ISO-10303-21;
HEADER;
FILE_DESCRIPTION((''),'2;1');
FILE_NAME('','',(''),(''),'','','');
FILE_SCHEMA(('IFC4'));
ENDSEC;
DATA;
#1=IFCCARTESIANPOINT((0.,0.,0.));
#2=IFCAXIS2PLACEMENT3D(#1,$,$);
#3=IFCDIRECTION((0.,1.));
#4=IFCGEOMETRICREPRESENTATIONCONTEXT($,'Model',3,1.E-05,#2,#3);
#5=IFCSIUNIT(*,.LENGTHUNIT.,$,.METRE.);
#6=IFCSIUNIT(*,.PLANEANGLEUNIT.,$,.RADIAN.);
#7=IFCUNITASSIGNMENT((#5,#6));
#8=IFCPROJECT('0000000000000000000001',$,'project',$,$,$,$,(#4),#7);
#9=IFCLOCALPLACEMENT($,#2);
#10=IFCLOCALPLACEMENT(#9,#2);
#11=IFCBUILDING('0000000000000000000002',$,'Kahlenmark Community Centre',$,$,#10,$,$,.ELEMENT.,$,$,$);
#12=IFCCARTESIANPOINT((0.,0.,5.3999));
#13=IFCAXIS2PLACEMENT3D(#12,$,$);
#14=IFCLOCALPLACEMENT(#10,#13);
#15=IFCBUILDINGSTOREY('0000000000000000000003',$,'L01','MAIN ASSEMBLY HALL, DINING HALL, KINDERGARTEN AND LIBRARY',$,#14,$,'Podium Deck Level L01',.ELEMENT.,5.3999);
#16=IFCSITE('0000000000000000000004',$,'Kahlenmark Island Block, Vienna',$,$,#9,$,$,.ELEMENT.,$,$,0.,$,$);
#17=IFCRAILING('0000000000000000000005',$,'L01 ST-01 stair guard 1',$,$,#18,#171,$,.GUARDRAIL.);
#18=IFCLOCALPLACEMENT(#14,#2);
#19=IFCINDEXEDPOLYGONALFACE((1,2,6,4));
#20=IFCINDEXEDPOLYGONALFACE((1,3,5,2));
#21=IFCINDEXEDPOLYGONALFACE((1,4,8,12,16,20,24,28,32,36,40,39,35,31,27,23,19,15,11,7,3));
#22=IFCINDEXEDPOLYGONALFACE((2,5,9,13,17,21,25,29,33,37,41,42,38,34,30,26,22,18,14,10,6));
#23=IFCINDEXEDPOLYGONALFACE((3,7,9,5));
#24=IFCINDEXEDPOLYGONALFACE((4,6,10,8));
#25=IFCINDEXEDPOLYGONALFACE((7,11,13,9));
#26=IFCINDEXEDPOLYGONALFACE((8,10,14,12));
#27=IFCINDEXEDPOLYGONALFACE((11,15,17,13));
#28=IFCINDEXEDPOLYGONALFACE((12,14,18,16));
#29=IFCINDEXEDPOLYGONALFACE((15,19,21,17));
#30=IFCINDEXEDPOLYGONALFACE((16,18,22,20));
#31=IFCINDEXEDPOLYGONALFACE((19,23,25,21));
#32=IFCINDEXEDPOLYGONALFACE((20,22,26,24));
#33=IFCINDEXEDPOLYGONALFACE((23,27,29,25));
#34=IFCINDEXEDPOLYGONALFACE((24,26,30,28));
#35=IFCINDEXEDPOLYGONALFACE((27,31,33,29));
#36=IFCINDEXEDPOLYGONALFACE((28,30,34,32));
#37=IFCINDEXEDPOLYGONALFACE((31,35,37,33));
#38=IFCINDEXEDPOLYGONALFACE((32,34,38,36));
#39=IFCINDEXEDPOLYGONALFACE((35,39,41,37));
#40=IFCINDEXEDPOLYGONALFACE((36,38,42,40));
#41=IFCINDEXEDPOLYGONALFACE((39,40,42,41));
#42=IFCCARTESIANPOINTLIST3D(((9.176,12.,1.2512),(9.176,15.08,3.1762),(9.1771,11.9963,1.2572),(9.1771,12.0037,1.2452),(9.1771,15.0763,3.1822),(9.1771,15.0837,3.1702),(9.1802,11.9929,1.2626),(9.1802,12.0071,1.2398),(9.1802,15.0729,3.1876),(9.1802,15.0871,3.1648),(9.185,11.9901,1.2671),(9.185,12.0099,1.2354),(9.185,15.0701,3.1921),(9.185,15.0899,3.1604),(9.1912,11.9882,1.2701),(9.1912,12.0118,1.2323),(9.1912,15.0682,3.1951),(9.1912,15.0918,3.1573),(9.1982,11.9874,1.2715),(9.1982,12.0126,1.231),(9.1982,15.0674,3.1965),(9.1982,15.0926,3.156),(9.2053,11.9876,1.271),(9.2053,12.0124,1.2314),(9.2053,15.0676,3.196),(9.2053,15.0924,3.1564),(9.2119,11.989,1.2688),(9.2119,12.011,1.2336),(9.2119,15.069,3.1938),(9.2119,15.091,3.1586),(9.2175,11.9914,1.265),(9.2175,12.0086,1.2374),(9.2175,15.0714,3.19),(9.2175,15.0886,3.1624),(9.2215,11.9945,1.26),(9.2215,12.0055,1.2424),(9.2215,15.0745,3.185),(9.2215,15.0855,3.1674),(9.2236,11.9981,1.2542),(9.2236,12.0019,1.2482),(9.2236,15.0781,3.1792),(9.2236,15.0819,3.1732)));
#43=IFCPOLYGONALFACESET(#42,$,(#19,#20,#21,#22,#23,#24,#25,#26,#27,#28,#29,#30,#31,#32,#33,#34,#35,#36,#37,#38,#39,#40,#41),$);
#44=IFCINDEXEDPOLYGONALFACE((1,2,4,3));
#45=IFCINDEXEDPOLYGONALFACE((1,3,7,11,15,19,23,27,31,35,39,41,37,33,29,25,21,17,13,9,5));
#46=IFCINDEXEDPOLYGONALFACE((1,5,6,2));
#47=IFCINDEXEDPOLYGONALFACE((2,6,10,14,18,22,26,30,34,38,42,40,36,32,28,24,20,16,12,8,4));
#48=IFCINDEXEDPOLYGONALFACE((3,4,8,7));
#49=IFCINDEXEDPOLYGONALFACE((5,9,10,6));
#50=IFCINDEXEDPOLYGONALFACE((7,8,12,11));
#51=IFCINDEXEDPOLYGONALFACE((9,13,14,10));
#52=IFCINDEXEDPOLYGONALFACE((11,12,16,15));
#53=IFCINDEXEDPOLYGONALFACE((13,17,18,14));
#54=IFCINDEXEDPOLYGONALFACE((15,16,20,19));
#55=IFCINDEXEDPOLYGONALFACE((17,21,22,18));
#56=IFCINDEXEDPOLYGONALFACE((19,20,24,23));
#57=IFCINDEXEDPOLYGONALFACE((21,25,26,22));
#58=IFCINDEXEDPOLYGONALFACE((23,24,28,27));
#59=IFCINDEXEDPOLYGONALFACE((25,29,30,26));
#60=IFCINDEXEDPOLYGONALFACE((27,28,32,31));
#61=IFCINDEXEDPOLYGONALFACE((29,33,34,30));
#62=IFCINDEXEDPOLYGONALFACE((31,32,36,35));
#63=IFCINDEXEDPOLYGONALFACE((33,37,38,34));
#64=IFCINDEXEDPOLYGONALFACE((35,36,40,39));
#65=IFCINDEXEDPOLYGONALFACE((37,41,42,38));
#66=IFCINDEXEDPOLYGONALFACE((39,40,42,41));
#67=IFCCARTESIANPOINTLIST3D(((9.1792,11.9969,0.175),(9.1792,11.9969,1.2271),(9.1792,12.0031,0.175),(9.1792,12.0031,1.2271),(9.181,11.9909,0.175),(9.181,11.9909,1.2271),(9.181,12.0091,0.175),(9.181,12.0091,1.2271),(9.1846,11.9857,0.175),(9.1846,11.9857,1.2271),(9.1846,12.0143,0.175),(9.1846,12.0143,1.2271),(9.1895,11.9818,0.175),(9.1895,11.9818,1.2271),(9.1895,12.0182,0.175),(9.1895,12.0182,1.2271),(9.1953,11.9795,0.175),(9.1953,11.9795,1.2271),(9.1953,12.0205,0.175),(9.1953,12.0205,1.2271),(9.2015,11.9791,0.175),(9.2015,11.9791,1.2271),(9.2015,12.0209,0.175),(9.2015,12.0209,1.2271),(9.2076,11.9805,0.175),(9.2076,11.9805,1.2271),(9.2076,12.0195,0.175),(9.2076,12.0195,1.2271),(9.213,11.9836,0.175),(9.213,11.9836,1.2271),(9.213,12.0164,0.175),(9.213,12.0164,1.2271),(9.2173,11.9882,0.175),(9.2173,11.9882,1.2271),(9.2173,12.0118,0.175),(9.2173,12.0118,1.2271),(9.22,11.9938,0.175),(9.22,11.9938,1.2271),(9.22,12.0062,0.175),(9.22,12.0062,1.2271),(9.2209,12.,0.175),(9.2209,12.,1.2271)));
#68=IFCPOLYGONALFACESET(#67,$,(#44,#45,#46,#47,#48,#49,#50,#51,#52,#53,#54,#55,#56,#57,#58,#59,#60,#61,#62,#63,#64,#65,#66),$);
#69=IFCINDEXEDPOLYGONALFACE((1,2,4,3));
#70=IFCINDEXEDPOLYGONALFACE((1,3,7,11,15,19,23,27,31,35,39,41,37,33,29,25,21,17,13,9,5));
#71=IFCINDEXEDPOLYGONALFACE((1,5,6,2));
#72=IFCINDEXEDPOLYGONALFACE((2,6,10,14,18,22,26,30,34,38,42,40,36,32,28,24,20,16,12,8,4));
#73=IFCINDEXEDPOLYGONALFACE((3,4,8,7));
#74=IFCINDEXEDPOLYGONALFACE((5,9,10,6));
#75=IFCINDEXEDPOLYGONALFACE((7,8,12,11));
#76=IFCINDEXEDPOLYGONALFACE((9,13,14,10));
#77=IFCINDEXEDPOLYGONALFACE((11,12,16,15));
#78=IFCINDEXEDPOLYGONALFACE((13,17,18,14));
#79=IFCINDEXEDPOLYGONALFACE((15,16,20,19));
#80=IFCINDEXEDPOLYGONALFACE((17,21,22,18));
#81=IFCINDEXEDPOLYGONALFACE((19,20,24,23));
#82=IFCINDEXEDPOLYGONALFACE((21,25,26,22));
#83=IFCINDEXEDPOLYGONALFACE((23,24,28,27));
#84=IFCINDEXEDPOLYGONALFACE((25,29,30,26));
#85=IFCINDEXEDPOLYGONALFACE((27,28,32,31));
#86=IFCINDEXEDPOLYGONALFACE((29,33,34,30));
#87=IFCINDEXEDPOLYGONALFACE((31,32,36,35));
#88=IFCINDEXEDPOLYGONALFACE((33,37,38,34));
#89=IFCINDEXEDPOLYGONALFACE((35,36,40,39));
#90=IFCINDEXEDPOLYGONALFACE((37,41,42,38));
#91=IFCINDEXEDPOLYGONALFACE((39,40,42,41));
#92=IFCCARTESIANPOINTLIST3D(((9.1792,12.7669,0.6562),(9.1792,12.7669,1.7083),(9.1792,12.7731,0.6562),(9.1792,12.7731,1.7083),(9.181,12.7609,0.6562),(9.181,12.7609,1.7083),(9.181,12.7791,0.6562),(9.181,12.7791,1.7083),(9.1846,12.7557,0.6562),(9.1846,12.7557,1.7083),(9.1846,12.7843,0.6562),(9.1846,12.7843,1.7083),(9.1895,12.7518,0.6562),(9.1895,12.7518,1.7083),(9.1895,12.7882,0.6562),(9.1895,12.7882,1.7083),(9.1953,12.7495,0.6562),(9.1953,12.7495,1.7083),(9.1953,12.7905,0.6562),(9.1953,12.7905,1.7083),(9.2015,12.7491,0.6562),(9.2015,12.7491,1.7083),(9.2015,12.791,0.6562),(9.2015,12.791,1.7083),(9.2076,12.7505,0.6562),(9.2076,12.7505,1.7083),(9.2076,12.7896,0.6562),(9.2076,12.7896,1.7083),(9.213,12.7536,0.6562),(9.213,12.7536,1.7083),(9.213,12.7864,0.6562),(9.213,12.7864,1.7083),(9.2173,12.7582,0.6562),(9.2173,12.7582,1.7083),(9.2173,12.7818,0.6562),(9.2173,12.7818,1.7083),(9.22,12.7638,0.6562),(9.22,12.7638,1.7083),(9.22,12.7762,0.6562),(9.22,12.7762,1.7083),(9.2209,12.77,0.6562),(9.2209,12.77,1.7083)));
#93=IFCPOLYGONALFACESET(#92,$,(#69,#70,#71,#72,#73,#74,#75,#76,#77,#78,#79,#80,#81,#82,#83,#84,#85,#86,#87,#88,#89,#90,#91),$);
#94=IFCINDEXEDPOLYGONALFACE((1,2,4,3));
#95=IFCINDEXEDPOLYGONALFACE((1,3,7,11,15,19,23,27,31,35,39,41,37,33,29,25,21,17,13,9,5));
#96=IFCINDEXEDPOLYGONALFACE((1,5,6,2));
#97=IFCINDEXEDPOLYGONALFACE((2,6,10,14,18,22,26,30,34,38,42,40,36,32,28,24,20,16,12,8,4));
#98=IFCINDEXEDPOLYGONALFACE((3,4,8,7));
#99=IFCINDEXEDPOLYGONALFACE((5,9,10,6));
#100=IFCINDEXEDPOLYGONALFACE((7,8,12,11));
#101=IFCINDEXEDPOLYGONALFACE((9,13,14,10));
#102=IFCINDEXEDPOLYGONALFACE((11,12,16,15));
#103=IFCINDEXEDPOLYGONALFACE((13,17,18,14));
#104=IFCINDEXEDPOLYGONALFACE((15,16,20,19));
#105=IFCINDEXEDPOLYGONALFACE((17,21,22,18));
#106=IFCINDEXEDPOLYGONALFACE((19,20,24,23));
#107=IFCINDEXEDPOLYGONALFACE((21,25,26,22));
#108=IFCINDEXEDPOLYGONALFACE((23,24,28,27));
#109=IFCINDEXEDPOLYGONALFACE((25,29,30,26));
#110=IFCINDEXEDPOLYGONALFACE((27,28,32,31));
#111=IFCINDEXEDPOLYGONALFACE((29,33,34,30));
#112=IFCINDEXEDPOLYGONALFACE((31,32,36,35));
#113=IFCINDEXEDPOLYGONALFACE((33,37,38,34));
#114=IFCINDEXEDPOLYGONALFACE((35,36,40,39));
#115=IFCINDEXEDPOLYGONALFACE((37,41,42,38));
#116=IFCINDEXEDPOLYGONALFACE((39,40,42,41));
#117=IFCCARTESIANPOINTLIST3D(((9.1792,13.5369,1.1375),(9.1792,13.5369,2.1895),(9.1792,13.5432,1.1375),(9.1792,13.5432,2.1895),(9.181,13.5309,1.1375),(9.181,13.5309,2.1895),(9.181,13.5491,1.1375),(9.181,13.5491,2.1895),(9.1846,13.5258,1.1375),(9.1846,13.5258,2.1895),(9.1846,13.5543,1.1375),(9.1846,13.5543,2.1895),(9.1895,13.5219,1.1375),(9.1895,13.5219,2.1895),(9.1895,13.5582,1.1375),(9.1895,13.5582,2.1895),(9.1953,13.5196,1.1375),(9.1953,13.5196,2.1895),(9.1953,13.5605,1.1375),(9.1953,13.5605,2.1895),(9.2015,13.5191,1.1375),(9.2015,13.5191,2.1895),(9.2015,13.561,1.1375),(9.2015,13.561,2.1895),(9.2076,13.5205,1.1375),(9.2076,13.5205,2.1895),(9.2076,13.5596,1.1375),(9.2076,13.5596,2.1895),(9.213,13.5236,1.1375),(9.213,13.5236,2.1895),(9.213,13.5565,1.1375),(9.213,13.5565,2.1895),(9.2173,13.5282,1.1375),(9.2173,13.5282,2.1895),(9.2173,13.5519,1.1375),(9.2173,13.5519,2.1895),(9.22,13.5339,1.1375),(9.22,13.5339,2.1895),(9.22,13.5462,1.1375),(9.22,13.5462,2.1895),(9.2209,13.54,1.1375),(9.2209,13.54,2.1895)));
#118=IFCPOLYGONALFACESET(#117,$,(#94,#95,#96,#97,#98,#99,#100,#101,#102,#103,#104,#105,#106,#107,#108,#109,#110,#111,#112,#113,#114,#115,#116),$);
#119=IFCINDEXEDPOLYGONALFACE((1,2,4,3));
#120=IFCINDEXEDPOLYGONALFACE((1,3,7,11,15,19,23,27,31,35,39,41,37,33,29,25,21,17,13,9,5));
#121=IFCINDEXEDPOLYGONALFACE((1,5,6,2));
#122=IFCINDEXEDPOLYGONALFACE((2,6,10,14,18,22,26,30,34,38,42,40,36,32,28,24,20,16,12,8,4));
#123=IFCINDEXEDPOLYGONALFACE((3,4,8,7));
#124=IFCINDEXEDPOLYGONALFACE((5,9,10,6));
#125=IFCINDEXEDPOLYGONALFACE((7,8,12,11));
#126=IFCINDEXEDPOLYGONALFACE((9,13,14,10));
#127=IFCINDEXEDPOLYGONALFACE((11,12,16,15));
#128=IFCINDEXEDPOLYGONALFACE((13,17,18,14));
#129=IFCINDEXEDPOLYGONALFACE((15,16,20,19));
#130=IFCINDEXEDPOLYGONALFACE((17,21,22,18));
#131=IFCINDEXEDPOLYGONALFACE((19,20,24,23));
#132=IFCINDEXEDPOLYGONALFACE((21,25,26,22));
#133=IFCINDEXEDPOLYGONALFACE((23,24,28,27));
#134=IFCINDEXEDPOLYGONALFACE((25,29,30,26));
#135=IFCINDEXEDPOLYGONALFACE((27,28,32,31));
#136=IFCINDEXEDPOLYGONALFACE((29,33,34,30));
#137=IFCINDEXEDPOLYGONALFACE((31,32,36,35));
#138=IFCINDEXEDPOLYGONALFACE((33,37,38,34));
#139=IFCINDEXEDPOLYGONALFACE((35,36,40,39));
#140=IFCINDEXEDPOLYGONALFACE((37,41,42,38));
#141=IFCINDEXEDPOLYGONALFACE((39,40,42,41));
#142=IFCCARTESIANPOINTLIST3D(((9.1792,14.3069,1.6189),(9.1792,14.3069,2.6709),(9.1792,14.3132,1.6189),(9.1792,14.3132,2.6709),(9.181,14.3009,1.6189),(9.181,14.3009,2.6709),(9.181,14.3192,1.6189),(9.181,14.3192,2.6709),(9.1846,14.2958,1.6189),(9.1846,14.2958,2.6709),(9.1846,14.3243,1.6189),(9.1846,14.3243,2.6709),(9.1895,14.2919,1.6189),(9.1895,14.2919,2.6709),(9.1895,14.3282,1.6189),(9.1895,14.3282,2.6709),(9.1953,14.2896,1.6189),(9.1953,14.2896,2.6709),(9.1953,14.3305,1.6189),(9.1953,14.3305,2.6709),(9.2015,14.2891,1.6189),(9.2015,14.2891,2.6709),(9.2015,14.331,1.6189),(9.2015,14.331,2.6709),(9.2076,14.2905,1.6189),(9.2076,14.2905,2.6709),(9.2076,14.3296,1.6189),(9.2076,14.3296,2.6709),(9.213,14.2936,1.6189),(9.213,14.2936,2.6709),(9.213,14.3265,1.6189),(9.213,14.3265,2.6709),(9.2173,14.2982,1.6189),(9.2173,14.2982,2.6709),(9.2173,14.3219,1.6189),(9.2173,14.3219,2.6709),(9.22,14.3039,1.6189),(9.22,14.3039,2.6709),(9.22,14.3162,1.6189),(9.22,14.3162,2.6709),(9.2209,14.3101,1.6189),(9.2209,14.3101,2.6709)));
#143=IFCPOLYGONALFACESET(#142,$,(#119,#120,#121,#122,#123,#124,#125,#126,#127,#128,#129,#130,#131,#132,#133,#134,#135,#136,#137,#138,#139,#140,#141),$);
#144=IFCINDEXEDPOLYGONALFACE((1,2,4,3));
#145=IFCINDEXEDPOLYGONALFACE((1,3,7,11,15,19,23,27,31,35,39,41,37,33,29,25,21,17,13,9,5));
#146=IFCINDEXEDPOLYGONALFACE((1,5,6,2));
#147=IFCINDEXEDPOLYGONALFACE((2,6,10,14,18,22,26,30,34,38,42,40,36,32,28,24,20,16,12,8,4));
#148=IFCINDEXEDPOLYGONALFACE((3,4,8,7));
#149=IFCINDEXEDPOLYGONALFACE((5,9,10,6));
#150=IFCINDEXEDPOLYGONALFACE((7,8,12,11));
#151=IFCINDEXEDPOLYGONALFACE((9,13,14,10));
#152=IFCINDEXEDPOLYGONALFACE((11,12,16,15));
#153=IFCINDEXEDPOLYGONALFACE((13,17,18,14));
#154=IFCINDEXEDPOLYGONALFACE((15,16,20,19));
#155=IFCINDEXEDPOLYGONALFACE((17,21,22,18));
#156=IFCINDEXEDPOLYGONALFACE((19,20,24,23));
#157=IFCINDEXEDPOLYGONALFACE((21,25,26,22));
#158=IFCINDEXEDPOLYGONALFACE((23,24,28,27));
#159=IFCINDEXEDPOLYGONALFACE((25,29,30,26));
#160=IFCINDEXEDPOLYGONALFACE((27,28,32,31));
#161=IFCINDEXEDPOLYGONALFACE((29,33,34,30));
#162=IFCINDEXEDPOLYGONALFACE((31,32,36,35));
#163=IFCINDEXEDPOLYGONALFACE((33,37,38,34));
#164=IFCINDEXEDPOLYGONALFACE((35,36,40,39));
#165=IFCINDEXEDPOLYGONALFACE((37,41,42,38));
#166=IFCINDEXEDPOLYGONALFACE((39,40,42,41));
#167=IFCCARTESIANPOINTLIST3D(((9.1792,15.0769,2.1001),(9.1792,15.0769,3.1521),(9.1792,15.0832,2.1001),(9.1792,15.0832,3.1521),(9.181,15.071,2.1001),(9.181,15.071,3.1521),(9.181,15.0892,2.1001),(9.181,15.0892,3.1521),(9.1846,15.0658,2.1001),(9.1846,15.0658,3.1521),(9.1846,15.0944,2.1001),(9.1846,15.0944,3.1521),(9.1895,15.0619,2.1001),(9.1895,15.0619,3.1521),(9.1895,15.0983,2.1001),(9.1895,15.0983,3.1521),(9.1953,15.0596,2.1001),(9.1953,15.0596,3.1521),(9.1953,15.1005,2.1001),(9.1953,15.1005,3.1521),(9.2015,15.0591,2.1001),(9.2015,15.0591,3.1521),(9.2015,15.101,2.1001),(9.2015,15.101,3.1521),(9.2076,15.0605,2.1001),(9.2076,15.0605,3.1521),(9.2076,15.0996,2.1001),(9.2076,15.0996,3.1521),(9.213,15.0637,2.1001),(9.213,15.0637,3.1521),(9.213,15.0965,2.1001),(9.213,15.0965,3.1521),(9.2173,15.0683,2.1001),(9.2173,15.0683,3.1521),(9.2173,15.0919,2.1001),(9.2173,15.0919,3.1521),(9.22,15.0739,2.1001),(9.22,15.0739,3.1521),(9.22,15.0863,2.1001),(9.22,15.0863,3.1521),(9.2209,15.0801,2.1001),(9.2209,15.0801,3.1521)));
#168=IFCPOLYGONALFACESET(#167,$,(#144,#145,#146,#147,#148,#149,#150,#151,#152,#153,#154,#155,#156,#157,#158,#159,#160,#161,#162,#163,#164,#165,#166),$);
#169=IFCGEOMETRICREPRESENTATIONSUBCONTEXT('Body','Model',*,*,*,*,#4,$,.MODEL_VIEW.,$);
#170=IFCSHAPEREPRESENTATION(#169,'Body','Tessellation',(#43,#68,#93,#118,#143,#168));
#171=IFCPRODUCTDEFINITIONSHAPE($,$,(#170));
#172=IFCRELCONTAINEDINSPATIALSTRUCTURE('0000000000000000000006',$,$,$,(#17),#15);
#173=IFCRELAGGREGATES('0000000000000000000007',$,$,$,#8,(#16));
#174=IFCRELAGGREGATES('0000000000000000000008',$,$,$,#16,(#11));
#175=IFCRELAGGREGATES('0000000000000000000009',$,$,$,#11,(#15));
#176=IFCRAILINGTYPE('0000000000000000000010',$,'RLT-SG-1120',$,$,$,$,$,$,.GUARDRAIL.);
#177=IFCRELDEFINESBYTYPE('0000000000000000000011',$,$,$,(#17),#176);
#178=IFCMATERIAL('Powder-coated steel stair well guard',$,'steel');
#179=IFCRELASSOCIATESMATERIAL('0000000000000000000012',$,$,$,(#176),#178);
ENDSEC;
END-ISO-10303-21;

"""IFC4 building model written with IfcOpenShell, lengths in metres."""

from ifc_helpers import new_model, si_unit, direction, frame, origin, origin_2d, place, context, subcontext, project, spatial, circle, extrude, material, type_object, element, save


model = new_model("IFC4")

# Units and contexts
model_context = context("Model", 3, precision=1e-05, world=origin(), true_north=direction((0.0, 1.0)))
body_context = subcontext(model_context, "Body", "Model", "MODEL_VIEW")
ifc_project = project(units=[si_unit("LENGTHUNIT", "METRE"), si_unit("PLANEANGLEUNIT", "RADIAN")], contexts=[model_context])

# Site, building, storey
site_placement = place(None, origin())
site = spatial("IfcSite", under=ifc_project, at=site_placement, Name="Kahlenmark Island Block, Vienna", CompositionType="ELEMENT", RefElevation=0.0)
building_placement = place(site_placement, origin())
building = spatial("IfcBuilding", under=site, at=building_placement, Name="Kahlenmark Community Centre", CompositionType="ELEMENT")
storey_placement = place(building_placement, frame((0.0, 0.0, 5.3999)))
storey = spatial("IfcBuildingStorey", under=building, at=storey_placement, Name="L01", Description="MAIN ASSEMBLY HALL, DINING HALL, KINDERGARTEN AND LIBRARY", LongName="Podium Deck Level L01", CompositionType="ELEMENT", Elevation=5.3999)

# Railing
ifc_material_1 = material(Name="Powder-coated steel stair well guard", Category="steel")
railing_type_1 = type_object("IfcRailingType", Name="RLT-SG-1120", PredefinedType="GUARDRAIL", material=ifc_material_1)
railing_1_placement = place(storey_placement, frame((9.2, 12.0, 0.175)))
element("IfcRailing", 1, at=railing_1_placement, inside=storey, type_object=railing_type_1, Name="L01 ST-01 stair guard 1", PredefinedType="GUARDRAIL", context=body_context, shape_type="SweptSolid", body=[
    extrude(circle(Radius=0.0239, at=origin_2d()), frame((0.0, 0.0, 1.0762), z_axis=(0.0, 0.847998, 0.529999), x_axis=(-1.0, 0.0, 0.0)), (0.0, 0.0, 1.0), 3.6321),
    extrude(circle(Radius=0.021, at=origin_2d()), origin(), (0.0, 0.0, 1.0), 1.052),
    extrude(circle(Radius=0.021, at=origin_2d()), frame((0.0, 0.77, 0.4812)), (0.0, 0.0, 1.0), 1.052),
    extrude(circle(Radius=0.021, at=origin_2d()), frame((0.0, 1.54, 0.9624)), (0.0, 0.0, 1.0), 1.052),
    extrude(circle(Radius=0.021, at=origin_2d()), frame((0.0, 2.3101, 1.4438)), (0.0, 0.0, 1.0), 1.052),
    extrude(circle(Radius=0.021, at=origin_2d()), frame((0.0, 3.0801, 1.925)), (0.0, 0.0, 1.0), 1.052),
])

save(model, "model.ifc")
